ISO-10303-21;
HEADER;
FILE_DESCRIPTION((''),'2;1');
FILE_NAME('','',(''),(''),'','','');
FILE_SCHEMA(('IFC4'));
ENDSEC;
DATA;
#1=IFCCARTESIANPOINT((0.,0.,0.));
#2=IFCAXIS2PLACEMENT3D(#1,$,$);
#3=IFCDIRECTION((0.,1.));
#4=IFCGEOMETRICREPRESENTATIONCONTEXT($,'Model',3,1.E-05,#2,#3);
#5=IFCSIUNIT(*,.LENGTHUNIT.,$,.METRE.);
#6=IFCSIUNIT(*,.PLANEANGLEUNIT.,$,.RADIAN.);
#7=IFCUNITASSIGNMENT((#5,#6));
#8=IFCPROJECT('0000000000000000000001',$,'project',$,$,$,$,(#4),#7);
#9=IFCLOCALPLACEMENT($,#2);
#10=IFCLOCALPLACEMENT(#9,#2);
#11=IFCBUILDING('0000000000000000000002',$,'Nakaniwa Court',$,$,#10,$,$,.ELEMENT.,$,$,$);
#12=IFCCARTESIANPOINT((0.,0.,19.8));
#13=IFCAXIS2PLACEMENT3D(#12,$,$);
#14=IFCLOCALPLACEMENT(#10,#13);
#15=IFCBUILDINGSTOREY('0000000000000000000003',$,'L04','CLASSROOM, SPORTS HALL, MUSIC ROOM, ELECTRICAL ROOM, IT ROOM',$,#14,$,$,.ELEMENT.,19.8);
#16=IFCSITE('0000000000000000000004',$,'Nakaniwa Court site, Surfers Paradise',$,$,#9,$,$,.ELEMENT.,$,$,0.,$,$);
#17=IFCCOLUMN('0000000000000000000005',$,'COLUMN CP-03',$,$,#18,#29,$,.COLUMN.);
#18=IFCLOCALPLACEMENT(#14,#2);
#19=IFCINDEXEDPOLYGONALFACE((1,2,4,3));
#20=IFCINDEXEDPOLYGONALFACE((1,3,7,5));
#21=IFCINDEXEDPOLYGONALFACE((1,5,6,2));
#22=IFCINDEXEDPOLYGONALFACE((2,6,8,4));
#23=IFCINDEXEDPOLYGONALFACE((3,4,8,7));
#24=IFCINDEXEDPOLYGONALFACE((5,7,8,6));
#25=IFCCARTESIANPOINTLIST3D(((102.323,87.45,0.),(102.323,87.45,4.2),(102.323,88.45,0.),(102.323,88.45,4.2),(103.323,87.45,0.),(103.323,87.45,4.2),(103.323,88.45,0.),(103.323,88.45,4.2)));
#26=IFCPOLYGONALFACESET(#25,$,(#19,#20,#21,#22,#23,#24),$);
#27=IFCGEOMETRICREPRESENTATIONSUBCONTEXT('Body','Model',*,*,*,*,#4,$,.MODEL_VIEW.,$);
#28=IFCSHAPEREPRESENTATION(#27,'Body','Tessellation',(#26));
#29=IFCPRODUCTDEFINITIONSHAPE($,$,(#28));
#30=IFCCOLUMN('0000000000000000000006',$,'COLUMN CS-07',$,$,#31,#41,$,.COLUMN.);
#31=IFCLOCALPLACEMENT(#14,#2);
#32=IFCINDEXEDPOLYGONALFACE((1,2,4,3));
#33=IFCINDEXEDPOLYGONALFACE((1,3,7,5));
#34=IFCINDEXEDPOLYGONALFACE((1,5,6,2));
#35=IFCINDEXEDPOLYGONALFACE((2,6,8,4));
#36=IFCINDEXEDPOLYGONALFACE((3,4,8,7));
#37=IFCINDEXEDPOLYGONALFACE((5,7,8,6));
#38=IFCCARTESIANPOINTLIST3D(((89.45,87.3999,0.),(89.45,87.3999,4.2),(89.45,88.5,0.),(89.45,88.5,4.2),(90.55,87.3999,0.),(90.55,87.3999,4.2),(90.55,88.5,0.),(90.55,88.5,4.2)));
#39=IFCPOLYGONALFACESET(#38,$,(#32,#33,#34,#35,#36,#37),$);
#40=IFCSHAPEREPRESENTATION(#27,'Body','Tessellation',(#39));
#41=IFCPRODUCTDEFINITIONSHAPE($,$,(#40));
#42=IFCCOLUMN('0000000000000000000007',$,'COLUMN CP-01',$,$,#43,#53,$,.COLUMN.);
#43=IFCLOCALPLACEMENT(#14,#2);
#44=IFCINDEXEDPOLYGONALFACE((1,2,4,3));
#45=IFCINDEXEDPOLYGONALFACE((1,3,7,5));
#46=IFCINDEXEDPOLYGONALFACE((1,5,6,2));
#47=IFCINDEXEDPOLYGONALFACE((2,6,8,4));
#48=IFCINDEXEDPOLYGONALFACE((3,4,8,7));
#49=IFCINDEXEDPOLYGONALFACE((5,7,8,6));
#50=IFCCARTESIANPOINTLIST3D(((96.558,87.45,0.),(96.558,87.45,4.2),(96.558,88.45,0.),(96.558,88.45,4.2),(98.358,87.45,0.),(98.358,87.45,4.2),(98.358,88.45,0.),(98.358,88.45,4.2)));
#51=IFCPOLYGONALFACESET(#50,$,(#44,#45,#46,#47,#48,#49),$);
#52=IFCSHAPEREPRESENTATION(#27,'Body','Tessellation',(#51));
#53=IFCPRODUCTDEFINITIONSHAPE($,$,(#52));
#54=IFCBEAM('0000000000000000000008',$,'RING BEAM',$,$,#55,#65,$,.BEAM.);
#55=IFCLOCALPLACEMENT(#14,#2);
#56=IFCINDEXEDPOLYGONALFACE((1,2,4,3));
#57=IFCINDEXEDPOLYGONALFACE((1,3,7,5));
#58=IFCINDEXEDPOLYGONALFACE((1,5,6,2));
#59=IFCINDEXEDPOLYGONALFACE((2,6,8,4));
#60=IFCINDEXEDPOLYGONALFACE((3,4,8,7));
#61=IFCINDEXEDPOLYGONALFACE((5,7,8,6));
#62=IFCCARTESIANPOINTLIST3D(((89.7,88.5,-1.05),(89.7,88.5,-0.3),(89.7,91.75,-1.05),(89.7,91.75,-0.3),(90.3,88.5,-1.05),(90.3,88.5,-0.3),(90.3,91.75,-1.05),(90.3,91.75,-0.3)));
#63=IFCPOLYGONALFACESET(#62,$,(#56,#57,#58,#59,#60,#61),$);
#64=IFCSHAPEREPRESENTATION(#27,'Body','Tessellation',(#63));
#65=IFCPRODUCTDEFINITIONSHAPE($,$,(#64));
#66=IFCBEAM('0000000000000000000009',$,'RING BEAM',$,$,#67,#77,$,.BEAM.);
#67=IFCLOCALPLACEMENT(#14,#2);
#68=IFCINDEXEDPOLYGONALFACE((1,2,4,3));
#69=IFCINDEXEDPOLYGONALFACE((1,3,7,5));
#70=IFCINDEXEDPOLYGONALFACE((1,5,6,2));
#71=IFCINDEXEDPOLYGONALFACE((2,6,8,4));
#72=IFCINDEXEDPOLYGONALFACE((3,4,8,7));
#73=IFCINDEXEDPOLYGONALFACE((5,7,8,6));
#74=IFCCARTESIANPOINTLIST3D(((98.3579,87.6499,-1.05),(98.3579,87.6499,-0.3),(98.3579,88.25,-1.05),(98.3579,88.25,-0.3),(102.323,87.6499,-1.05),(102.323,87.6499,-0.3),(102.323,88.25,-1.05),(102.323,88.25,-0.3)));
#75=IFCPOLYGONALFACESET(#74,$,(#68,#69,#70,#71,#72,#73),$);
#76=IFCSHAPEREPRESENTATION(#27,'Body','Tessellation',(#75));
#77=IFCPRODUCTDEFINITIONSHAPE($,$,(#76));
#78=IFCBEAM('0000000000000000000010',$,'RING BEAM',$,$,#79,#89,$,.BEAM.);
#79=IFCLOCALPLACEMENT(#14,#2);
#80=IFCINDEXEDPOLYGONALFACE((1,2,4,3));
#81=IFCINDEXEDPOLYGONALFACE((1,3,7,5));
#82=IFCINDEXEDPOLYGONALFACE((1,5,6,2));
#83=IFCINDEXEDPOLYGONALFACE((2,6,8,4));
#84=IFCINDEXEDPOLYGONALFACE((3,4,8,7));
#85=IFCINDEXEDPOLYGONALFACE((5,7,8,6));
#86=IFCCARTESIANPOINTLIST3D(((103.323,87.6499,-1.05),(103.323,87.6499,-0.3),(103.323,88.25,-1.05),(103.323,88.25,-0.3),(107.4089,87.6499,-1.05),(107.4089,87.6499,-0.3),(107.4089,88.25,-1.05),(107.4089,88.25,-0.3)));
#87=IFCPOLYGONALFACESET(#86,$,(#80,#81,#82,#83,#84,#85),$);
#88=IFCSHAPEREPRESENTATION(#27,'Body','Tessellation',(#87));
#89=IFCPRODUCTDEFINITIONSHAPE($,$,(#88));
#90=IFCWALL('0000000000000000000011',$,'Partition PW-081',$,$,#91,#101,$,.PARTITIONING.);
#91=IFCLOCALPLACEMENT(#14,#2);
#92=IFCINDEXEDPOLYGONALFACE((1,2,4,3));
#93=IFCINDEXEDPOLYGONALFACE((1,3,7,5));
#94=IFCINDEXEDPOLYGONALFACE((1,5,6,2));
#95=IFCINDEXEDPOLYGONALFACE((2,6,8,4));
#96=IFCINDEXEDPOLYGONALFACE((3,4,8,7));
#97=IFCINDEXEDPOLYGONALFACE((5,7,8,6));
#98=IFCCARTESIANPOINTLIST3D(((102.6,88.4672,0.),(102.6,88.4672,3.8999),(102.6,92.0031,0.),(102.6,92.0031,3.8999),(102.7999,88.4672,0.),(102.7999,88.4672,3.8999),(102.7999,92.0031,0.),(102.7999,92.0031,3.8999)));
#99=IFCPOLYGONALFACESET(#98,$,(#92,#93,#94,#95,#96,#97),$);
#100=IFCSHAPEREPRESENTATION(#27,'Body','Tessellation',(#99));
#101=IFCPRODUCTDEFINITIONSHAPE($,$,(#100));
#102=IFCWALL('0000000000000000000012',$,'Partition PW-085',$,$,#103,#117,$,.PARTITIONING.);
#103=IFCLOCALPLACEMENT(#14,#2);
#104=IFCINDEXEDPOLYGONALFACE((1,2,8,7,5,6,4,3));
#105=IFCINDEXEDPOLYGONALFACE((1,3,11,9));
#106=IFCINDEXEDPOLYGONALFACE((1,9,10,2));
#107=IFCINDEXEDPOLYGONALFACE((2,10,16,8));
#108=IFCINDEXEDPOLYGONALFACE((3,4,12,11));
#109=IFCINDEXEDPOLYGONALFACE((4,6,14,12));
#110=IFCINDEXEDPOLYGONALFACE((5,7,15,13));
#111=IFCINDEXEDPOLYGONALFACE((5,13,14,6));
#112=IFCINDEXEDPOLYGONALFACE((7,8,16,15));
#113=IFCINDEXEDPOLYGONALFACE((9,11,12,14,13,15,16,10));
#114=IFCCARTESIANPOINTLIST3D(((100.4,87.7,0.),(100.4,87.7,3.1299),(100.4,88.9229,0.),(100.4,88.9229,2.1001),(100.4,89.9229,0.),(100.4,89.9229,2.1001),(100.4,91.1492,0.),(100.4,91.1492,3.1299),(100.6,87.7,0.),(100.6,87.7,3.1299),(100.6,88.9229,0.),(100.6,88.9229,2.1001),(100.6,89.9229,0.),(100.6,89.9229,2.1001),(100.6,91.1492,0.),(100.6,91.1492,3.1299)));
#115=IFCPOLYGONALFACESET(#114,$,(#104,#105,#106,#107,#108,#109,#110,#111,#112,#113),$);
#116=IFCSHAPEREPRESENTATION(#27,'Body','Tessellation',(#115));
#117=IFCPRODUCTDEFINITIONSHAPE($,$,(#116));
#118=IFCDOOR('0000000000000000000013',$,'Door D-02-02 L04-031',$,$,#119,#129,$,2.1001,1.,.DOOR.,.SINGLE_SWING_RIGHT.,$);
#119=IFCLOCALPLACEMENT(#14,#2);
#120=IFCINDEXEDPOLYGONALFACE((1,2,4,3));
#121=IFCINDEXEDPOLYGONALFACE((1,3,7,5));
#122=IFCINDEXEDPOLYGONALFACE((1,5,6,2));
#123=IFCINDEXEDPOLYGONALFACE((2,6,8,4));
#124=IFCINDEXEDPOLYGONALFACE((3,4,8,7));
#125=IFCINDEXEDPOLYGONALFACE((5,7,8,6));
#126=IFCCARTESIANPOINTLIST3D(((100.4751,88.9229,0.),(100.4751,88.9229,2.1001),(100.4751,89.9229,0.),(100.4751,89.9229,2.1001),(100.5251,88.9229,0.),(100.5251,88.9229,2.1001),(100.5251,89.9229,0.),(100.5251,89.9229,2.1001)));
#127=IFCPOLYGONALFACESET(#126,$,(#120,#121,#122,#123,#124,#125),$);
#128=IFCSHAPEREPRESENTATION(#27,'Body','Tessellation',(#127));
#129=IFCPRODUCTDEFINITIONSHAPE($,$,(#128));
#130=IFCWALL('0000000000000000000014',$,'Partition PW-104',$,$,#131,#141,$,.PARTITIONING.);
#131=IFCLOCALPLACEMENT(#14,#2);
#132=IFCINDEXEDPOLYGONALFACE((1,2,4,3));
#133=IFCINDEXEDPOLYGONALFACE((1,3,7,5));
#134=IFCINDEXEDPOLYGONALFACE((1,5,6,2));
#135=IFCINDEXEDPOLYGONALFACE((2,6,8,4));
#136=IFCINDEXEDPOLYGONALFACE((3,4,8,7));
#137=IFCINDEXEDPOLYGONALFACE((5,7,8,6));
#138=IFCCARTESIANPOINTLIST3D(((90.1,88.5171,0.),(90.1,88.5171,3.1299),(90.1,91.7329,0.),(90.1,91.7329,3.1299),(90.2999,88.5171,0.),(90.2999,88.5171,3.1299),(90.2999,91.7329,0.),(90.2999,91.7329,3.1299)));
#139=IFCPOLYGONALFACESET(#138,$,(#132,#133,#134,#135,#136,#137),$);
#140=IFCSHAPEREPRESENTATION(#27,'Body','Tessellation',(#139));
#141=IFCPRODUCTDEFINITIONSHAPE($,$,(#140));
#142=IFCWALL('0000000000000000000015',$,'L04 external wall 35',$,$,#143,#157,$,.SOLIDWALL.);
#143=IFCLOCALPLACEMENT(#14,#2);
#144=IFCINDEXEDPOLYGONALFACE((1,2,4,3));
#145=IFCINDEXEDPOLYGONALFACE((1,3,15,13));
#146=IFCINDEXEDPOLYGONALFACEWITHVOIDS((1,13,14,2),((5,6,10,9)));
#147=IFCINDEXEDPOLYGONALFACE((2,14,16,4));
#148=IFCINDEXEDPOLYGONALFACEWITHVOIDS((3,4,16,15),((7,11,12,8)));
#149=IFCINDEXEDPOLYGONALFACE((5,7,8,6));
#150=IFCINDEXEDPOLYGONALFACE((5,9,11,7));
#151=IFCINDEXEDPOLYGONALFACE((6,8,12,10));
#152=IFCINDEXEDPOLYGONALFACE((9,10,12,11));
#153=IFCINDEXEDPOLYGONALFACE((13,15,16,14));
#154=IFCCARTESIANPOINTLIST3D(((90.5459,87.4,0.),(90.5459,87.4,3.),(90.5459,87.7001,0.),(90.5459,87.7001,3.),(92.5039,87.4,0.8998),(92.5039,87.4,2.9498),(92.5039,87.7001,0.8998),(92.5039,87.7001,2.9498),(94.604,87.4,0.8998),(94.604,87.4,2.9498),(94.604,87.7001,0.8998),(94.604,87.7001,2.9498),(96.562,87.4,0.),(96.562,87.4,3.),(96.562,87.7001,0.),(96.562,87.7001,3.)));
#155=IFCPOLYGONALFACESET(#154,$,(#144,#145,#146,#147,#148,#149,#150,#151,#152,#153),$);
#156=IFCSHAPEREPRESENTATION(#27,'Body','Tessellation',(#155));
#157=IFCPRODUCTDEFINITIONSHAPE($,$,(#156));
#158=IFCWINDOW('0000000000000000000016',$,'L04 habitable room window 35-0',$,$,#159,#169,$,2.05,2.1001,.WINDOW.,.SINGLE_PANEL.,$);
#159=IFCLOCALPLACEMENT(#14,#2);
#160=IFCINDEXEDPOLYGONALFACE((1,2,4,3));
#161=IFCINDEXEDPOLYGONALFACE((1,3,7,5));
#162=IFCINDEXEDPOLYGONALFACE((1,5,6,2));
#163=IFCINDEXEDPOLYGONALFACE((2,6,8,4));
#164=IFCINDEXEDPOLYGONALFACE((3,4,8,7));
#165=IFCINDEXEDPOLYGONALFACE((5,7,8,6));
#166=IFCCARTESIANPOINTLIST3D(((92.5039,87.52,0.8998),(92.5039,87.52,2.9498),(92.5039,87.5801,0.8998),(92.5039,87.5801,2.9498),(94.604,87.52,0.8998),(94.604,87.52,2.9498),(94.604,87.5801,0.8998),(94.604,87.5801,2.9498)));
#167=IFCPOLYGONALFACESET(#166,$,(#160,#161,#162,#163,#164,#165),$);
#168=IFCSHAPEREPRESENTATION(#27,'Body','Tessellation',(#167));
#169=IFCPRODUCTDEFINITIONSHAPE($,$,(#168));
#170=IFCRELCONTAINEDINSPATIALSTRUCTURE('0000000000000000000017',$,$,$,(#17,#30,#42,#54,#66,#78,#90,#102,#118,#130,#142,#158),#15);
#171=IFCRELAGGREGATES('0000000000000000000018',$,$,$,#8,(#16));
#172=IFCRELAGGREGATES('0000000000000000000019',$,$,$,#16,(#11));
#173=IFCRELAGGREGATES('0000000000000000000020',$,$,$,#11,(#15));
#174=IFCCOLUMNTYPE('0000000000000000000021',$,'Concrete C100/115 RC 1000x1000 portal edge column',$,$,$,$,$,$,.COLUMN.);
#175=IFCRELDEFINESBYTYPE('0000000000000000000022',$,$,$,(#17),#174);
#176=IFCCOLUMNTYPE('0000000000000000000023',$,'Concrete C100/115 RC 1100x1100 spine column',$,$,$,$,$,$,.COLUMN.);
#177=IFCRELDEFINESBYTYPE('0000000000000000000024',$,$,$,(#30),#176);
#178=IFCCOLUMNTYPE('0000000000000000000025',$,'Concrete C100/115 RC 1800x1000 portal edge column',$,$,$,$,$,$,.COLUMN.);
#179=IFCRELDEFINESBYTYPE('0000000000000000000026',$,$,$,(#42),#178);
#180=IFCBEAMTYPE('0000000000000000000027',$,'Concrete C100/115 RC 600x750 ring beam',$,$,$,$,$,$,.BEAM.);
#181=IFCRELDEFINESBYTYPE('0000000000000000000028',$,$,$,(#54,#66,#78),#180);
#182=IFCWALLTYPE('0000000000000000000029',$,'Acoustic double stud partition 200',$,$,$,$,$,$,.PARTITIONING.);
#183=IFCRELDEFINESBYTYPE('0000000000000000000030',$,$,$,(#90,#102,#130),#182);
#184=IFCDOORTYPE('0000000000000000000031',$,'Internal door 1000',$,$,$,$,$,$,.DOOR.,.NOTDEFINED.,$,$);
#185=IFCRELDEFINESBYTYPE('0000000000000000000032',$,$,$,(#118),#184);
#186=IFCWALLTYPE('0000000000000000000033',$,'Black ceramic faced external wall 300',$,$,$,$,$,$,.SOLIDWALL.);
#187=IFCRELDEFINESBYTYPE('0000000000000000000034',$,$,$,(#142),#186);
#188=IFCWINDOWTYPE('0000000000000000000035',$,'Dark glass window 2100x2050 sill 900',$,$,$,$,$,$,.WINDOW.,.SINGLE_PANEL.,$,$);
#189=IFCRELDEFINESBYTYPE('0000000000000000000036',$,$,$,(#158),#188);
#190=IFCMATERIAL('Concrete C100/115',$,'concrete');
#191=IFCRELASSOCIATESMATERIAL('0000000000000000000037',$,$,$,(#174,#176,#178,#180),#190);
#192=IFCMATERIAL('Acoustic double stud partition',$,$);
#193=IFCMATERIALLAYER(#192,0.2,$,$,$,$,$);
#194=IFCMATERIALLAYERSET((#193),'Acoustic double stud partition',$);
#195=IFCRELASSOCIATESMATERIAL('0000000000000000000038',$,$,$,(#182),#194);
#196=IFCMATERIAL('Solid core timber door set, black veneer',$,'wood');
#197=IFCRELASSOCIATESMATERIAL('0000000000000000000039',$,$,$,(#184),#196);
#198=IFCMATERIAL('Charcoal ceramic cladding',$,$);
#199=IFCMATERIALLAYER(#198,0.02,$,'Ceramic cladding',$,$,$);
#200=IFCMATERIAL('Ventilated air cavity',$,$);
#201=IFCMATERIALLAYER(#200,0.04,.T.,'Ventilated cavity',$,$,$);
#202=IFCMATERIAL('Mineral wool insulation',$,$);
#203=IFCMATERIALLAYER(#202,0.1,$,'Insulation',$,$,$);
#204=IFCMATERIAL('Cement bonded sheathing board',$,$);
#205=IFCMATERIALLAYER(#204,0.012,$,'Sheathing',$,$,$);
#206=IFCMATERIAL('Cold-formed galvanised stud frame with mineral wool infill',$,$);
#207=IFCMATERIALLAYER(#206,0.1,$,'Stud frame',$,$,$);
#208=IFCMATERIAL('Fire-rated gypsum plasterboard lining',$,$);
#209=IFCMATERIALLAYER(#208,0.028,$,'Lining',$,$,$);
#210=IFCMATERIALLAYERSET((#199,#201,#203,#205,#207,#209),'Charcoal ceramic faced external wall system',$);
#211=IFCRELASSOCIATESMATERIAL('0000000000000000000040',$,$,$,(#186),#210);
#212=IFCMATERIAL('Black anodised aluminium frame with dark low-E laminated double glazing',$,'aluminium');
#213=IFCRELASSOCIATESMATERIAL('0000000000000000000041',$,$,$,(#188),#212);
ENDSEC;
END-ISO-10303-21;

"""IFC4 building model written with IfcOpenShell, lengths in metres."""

from ifc_helpers import new_model, si_unit, direction, frame, frame_2d, origin, origin_2d, place, context, subcontext, project, spatial, rectangle, extrude, material, layer, layer_set, material_profile, profile_set, type_object, element, fill, save


model = new_model("IFC4")

# Units and contexts
model_context = context("Model", 3, precision=1e-05, world=origin(), true_north=direction((0.0, 1.0)))
body_context = subcontext(model_context, "Body", "Model", "MODEL_VIEW")
ifc_project = project(units=[si_unit("LENGTHUNIT", "METRE"), si_unit("PLANEANGLEUNIT", "RADIAN")], contexts=[model_context])

# Site, building, storey
site_placement = place(None, origin())
site = spatial("IfcSite", under=ifc_project, at=site_placement, Name="Nakaniwa Court site, Surfers Paradise", CompositionType="ELEMENT", RefElevation=0.0)
building_placement = place(site_placement, origin())
building = spatial("IfcBuilding", under=site, at=building_placement, Name="Nakaniwa Court", CompositionType="ELEMENT")
storey_placement = place(building_placement, frame((0.0, 0.0, 19.8)))
storey = spatial("IfcBuildingStorey", under=building, at=storey_placement, Name="L04", Description="CLASSROOM, SPORTS HALL, MUSIC ROOM, ELECTRICAL ROOM, IT ROOM", CompositionType="ELEMENT", Elevation=19.8)

# Columns
ifc_material_1 = material(Name="Concrete C100/115", Category="concrete")
ifc_material_profile_1 = material_profile(ifc_material_1, rectangle(XDim=1.0, YDim=1.0, at=origin_2d()), Name="Concrete C100/115 RC 1000x1000 portal edge column")
ifc_profile_set_1 = profile_set([ifc_material_profile_1], Name="Concrete C100/115")
column_type_1 = type_object("IfcColumnType", Name="Concrete C100/115 RC 1000x1000 portal edge column", PredefinedType="COLUMN", material=ifc_profile_set_1)
column_1_placement = place(storey_placement, frame((102.823, 87.95, 0.0), z_axis=(0.0, 0.0, 1.0), x_axis=(1.0, 0.0, 0.0)))
element("IfcColumn", 1, at=column_1_placement, inside=storey, type_object=column_type_1, Name="COLUMN CP-03", PredefinedType="COLUMN", context=body_context, shape_type="SweptSolid", body=[
    extrude(rectangle(XDim=1.0, YDim=1.0, at=origin_2d()), origin(), (0.0, 0.0, 1.0), 4.2),
])
ifc_material_profile_2 = material_profile(ifc_material_1, rectangle(XDim=1.1001, YDim=1.1001, at=origin_2d()), Name="Concrete C100/115 RC 1100x1100 spine column")
ifc_profile_set_2 = profile_set([ifc_material_profile_2], Name="Concrete C100/115")
column_type_2 = type_object("IfcColumnType", Name="Concrete C100/115 RC 1100x1100 spine column", PredefinedType="COLUMN", material=ifc_profile_set_2)
column_2_placement = place(storey_placement, frame((90.0, 87.95, 0.0), z_axis=(0.0, 0.0, 1.0), x_axis=(0.0, 1.0, 0.0)))
element("IfcColumn", 2, at=column_2_placement, inside=storey, type_object=column_type_2, Name="COLUMN CS-07", PredefinedType="COLUMN", context=body_context, shape_type="SweptSolid", body=[
    extrude(rectangle(XDim=1.1001, YDim=1.1001, at=origin_2d()), origin(), (0.0, 0.0, 1.0), 4.2),
])
ifc_material_profile_3 = material_profile(ifc_material_1, rectangle(XDim=1.8, YDim=1.0, at=origin_2d()), Name="Concrete C100/115 RC 1800x1000 portal edge column")
ifc_profile_set_3 = profile_set([ifc_material_profile_3], Name="Concrete C100/115")
column_type_3 = type_object("IfcColumnType", Name="Concrete C100/115 RC 1800x1000 portal edge column", PredefinedType="COLUMN", material=ifc_profile_set_3)
column_3_placement = place(storey_placement, frame((97.458, 87.95, 0.0), z_axis=(0.0, 0.0, 1.0), x_axis=(1.0, 0.0, 0.0)))
element("IfcColumn", 3, at=column_3_placement, inside=storey, type_object=column_type_3, Name="COLUMN CP-01", PredefinedType="COLUMN", context=body_context, shape_type="SweptSolid", body=[
    extrude(rectangle(XDim=1.8, YDim=1.0, at=origin_2d()), origin(), (0.0, 0.0, 1.0), 4.2),
])

# Beams
ifc_material_profile_4 = material_profile(ifc_material_1, rectangle(XDim=0.6001, YDim=0.75, at=origin_2d()), Name="Concrete C100/115 RC 600x750 ring beam")
ifc_profile_set_4 = profile_set([ifc_material_profile_4], Name="Concrete C100/115")
beam_type = type_object("IfcBeamType", Name="Concrete C100/115 RC 600x750 ring beam", PredefinedType="BEAM", material=ifc_profile_set_4)
beam_1_placement = place(storey_placement, frame((90.0, 88.5, -0.675), z_axis=(0.0, 1.0, 0.0), x_axis=(-1.0, 0.0, 0.0)))
element("IfcBeam", 4, at=beam_1_placement, inside=storey, type_object=beam_type, Name="RING BEAM", PredefinedType="BEAM", context=body_context, shape_type="SweptSolid", body=[
    extrude(rectangle(XDim=0.6001, YDim=0.75, at=origin_2d()), origin(), (0.0, 0.0, 1.0), 3.25),
])
beam_2_placement = place(storey_placement, frame((98.3579, 87.95, -0.675), z_axis=(1.0, 0.0, 0.0), x_axis=(0.0, 1.0, 0.0)))
element("IfcBeam", 5, at=beam_2_placement, inside=storey, type_object=beam_type, Name="RING BEAM", PredefinedType="BEAM", context=body_context, shape_type="SweptSolid", body=[
    extrude(rectangle(XDim=0.6001, YDim=0.75, at=origin_2d()), origin(), (0.0, 0.0, 1.0), 3.9651),
])
beam_3_placement = place(storey_placement, frame((103.323, 87.95, -0.675), z_axis=(1.0, 0.0, 0.0), x_axis=(0.0, 1.0, 0.0)))
element("IfcBeam", 6, at=beam_3_placement, inside=storey, type_object=beam_type, Name="RING BEAM", PredefinedType="BEAM", context=body_context, shape_type="SweptSolid", body=[
    extrude(rectangle(XDim=0.6001, YDim=0.75, at=origin_2d()), origin(), (0.0, 0.0, 1.0), 4.0859),
])

# Wall
ifc_material_2 = material(Name="Acoustic double stud partition")
ifc_layer_1 = layer(ifc_material_2, 0.2)
ifc_layer_set_1 = layer_set([ifc_layer_1], Name="Acoustic double stud partition")
wall_type_1 = type_object("IfcWallType", Name="Acoustic double stud partition 200", PredefinedType="PARTITIONING", material=ifc_layer_set_1)
wall_1_placement = place(storey_placement, frame((102.7, 88.467, 0.0), z_axis=(0.0, 0.0, 1.0), x_axis=(0.0, 1.0, 0.0)))
element("IfcWall", 7, at=wall_1_placement, inside=storey, type_object=wall_type_1, Name="Partition PW-081", PredefinedType="PARTITIONING", context=body_context, shape_type="SweptSolid", body=[
    extrude(rectangle(XDim=3.5359, YDim=0.2, at=frame_2d((1.7681, 0.0))), origin(), (0.0, 0.0, 1.0), 3.8999),
])

# Wall, opening, door
wall_2_placement = place(storey_placement, frame((100.5, 87.7, 0.0), z_axis=(0.0, 0.0, 1.0), x_axis=(0.0, 1.0, 0.0)))
wall_2 = element("IfcWall", 8, at=wall_2_placement, inside=storey, type_object=wall_type_1, Name="Partition PW-085", PredefinedType="PARTITIONING", context=body_context, shape_type="SweptSolid", body=[
    extrude(rectangle(XDim=3.4492, YDim=0.2, at=frame_2d((1.7246, 0.0))), origin(), (0.0, 0.0, 1.0), 3.1299),
])
opening_1_placement = place(wall_2_placement, frame((1.2229, 0.0, 0.0)))
opening_1 = element("IfcOpeningElement", 9, at=opening_1_placement, cuts=wall_2, PredefinedType="OPENING", context=body_context, shape_type="SweptSolid", body=[
    extrude(rectangle(XDim=1.0, YDim=2.1001, at=frame_2d((0.5, 1.05))), frame((0.0, 0.1099, 0.0), z_axis=(0.0, -1.0, 0.0), x_axis=(1.0, 0.0, 0.0)), (0.0, 0.0, 1.0), 0.22),
])
ifc_material_3 = material(Name="Solid core timber door set, black veneer", Category="wood")
door_type_1 = type_object("IfcDoorType", Name="Internal door 1000", OperationType="NOTDEFINED", PredefinedType="DOOR", material=ifc_material_3)
door_1_placement = place(opening_1_placement, origin())
door_1 = element("IfcDoor", 10, at=door_1_placement, inside=storey, type_object=door_type_1, Name="Door D-02-02 L04-031", OperationType="SINGLE_SWING_RIGHT", OverallHeight=2.1001, OverallWidth=1.0, PredefinedType="DOOR", context=body_context, shape_type="SweptSolid", body=[
    extrude(rectangle(XDim=1.0, YDim=2.1001, at=frame_2d((0.5, 1.05))), frame((0.0, 0.0249, 0.0), z_axis=(0.0, -1.0, 0.0), x_axis=(1.0, 0.0, 0.0)), (0.0, 0.0, 1.0), 0.05),
])
fill(opening_1, door_1)

# Wall
wall_3_placement = place(storey_placement, frame((90.2, 88.5171, 0.0), z_axis=(0.0, 0.0, 1.0), x_axis=(0.0, 1.0, 0.0)))
element("IfcWall", 11, at=wall_3_placement, inside=storey, type_object=wall_type_1, Name="Partition PW-104", PredefinedType="PARTITIONING", context=body_context, shape_type="SweptSolid", body=[
    extrude(rectangle(XDim=3.2158, YDim=0.2, at=frame_2d((1.6079, 0.0))), origin(), (0.0, 0.0, 1.0), 3.1299),
])

# Wall, opening, window
ifc_material_4 = material(Name="Charcoal ceramic cladding")
ifc_layer_2 = layer(ifc_material_4, 0.02, Name="Ceramic cladding")
ifc_material_5 = material(Name="Ventilated air cavity")
ifc_layer_3 = layer(ifc_material_5, 0.04, ventilated=True, Name="Ventilated cavity")
ifc_material_6 = material(Name="Mineral wool insulation")
ifc_layer_4 = layer(ifc_material_6, 0.1, Name="Insulation")
ifc_material_7 = material(Name="Cement bonded sheathing board")
ifc_layer_5 = layer(ifc_material_7, 0.012, Name="Sheathing")
ifc_material_8 = material(Name="Cold-formed galvanised stud frame with mineral wool infill")
ifc_layer_6 = layer(ifc_material_8, 0.1, Name="Stud frame")
ifc_material_9 = material(Name="Fire-rated gypsum plasterboard lining")
ifc_layer_7 = layer(ifc_material_9, 0.028, Name="Lining")
ifc_layer_set_2 = layer_set([ifc_layer_2, ifc_layer_3, ifc_layer_4, ifc_layer_5, ifc_layer_6, ifc_layer_7], Name="Charcoal ceramic faced external wall system")
wall_type_2 = type_object("IfcWallType", Name="Black ceramic faced external wall 300", PredefinedType="SOLIDWALL", material=ifc_layer_set_2)
wall_4_placement = place(storey_placement, frame((90.5459, 87.55, 0.0), z_axis=(0.0, 0.0, 1.0), x_axis=(1.0, 0.0, 0.0)))
wall_4 = element("IfcWall", 12, at=wall_4_placement, inside=storey, type_object=wall_type_2, Name="L04 external wall 35", PredefinedType="SOLIDWALL", context=body_context, shape_type="SweptSolid", body=[
    extrude(rectangle(XDim=6.0161, YDim=0.3, at=frame_2d((3.0081, 0.0))), origin(), (0.0, 0.0, 1.0), 3.0),
])
opening_2_placement = place(wall_4_placement, frame((1.958, 0.0, 0.8999)))
opening_2 = element("IfcOpeningElement", 13, at=opening_2_placement, cuts=wall_4, PredefinedType="OPENING", context=body_context, shape_type="SweptSolid", body=[
    extrude(rectangle(XDim=2.1001, YDim=2.05, at=frame_2d((1.05, 1.0249))), frame((0.0, 0.1599, 0.0), z_axis=(0.0, -1.0, 0.0), x_axis=(1.0, 0.0, 0.0)), (0.0, 0.0, 1.0), 0.3201),
])
ifc_material_10 = material(Name="Black anodised aluminium frame with dark low-E laminated double glazing", Category="aluminium")
window_type_1 = type_object("IfcWindowType", Name="Dark glass window 2100x2050 sill 900", PartitioningType="SINGLE_PANEL", PredefinedType="WINDOW", material=ifc_material_10)
window_1_placement = place(opening_2_placement, origin())
window_1 = element("IfcWindow", 14, at=window_1_placement, inside=storey, type_object=window_type_1, Name="L04 habitable room window 35-0", OverallHeight=2.05, OverallWidth=2.1001, PartitioningType="SINGLE_PANEL", PredefinedType="WINDOW", context=body_context, shape_type="SweptSolid", body=[
    extrude(rectangle(XDim=2.1001, YDim=2.05, at=frame_2d((1.05, 1.0249))), frame((0.0, 0.03, 0.0), z_axis=(0.0, -1.0, 0.0), x_axis=(1.0, 0.0, 0.0)), (0.0, 0.0, 1.0), 0.0601),
])
fill(opening_2, window_1)

save(model, "model.ifc")
